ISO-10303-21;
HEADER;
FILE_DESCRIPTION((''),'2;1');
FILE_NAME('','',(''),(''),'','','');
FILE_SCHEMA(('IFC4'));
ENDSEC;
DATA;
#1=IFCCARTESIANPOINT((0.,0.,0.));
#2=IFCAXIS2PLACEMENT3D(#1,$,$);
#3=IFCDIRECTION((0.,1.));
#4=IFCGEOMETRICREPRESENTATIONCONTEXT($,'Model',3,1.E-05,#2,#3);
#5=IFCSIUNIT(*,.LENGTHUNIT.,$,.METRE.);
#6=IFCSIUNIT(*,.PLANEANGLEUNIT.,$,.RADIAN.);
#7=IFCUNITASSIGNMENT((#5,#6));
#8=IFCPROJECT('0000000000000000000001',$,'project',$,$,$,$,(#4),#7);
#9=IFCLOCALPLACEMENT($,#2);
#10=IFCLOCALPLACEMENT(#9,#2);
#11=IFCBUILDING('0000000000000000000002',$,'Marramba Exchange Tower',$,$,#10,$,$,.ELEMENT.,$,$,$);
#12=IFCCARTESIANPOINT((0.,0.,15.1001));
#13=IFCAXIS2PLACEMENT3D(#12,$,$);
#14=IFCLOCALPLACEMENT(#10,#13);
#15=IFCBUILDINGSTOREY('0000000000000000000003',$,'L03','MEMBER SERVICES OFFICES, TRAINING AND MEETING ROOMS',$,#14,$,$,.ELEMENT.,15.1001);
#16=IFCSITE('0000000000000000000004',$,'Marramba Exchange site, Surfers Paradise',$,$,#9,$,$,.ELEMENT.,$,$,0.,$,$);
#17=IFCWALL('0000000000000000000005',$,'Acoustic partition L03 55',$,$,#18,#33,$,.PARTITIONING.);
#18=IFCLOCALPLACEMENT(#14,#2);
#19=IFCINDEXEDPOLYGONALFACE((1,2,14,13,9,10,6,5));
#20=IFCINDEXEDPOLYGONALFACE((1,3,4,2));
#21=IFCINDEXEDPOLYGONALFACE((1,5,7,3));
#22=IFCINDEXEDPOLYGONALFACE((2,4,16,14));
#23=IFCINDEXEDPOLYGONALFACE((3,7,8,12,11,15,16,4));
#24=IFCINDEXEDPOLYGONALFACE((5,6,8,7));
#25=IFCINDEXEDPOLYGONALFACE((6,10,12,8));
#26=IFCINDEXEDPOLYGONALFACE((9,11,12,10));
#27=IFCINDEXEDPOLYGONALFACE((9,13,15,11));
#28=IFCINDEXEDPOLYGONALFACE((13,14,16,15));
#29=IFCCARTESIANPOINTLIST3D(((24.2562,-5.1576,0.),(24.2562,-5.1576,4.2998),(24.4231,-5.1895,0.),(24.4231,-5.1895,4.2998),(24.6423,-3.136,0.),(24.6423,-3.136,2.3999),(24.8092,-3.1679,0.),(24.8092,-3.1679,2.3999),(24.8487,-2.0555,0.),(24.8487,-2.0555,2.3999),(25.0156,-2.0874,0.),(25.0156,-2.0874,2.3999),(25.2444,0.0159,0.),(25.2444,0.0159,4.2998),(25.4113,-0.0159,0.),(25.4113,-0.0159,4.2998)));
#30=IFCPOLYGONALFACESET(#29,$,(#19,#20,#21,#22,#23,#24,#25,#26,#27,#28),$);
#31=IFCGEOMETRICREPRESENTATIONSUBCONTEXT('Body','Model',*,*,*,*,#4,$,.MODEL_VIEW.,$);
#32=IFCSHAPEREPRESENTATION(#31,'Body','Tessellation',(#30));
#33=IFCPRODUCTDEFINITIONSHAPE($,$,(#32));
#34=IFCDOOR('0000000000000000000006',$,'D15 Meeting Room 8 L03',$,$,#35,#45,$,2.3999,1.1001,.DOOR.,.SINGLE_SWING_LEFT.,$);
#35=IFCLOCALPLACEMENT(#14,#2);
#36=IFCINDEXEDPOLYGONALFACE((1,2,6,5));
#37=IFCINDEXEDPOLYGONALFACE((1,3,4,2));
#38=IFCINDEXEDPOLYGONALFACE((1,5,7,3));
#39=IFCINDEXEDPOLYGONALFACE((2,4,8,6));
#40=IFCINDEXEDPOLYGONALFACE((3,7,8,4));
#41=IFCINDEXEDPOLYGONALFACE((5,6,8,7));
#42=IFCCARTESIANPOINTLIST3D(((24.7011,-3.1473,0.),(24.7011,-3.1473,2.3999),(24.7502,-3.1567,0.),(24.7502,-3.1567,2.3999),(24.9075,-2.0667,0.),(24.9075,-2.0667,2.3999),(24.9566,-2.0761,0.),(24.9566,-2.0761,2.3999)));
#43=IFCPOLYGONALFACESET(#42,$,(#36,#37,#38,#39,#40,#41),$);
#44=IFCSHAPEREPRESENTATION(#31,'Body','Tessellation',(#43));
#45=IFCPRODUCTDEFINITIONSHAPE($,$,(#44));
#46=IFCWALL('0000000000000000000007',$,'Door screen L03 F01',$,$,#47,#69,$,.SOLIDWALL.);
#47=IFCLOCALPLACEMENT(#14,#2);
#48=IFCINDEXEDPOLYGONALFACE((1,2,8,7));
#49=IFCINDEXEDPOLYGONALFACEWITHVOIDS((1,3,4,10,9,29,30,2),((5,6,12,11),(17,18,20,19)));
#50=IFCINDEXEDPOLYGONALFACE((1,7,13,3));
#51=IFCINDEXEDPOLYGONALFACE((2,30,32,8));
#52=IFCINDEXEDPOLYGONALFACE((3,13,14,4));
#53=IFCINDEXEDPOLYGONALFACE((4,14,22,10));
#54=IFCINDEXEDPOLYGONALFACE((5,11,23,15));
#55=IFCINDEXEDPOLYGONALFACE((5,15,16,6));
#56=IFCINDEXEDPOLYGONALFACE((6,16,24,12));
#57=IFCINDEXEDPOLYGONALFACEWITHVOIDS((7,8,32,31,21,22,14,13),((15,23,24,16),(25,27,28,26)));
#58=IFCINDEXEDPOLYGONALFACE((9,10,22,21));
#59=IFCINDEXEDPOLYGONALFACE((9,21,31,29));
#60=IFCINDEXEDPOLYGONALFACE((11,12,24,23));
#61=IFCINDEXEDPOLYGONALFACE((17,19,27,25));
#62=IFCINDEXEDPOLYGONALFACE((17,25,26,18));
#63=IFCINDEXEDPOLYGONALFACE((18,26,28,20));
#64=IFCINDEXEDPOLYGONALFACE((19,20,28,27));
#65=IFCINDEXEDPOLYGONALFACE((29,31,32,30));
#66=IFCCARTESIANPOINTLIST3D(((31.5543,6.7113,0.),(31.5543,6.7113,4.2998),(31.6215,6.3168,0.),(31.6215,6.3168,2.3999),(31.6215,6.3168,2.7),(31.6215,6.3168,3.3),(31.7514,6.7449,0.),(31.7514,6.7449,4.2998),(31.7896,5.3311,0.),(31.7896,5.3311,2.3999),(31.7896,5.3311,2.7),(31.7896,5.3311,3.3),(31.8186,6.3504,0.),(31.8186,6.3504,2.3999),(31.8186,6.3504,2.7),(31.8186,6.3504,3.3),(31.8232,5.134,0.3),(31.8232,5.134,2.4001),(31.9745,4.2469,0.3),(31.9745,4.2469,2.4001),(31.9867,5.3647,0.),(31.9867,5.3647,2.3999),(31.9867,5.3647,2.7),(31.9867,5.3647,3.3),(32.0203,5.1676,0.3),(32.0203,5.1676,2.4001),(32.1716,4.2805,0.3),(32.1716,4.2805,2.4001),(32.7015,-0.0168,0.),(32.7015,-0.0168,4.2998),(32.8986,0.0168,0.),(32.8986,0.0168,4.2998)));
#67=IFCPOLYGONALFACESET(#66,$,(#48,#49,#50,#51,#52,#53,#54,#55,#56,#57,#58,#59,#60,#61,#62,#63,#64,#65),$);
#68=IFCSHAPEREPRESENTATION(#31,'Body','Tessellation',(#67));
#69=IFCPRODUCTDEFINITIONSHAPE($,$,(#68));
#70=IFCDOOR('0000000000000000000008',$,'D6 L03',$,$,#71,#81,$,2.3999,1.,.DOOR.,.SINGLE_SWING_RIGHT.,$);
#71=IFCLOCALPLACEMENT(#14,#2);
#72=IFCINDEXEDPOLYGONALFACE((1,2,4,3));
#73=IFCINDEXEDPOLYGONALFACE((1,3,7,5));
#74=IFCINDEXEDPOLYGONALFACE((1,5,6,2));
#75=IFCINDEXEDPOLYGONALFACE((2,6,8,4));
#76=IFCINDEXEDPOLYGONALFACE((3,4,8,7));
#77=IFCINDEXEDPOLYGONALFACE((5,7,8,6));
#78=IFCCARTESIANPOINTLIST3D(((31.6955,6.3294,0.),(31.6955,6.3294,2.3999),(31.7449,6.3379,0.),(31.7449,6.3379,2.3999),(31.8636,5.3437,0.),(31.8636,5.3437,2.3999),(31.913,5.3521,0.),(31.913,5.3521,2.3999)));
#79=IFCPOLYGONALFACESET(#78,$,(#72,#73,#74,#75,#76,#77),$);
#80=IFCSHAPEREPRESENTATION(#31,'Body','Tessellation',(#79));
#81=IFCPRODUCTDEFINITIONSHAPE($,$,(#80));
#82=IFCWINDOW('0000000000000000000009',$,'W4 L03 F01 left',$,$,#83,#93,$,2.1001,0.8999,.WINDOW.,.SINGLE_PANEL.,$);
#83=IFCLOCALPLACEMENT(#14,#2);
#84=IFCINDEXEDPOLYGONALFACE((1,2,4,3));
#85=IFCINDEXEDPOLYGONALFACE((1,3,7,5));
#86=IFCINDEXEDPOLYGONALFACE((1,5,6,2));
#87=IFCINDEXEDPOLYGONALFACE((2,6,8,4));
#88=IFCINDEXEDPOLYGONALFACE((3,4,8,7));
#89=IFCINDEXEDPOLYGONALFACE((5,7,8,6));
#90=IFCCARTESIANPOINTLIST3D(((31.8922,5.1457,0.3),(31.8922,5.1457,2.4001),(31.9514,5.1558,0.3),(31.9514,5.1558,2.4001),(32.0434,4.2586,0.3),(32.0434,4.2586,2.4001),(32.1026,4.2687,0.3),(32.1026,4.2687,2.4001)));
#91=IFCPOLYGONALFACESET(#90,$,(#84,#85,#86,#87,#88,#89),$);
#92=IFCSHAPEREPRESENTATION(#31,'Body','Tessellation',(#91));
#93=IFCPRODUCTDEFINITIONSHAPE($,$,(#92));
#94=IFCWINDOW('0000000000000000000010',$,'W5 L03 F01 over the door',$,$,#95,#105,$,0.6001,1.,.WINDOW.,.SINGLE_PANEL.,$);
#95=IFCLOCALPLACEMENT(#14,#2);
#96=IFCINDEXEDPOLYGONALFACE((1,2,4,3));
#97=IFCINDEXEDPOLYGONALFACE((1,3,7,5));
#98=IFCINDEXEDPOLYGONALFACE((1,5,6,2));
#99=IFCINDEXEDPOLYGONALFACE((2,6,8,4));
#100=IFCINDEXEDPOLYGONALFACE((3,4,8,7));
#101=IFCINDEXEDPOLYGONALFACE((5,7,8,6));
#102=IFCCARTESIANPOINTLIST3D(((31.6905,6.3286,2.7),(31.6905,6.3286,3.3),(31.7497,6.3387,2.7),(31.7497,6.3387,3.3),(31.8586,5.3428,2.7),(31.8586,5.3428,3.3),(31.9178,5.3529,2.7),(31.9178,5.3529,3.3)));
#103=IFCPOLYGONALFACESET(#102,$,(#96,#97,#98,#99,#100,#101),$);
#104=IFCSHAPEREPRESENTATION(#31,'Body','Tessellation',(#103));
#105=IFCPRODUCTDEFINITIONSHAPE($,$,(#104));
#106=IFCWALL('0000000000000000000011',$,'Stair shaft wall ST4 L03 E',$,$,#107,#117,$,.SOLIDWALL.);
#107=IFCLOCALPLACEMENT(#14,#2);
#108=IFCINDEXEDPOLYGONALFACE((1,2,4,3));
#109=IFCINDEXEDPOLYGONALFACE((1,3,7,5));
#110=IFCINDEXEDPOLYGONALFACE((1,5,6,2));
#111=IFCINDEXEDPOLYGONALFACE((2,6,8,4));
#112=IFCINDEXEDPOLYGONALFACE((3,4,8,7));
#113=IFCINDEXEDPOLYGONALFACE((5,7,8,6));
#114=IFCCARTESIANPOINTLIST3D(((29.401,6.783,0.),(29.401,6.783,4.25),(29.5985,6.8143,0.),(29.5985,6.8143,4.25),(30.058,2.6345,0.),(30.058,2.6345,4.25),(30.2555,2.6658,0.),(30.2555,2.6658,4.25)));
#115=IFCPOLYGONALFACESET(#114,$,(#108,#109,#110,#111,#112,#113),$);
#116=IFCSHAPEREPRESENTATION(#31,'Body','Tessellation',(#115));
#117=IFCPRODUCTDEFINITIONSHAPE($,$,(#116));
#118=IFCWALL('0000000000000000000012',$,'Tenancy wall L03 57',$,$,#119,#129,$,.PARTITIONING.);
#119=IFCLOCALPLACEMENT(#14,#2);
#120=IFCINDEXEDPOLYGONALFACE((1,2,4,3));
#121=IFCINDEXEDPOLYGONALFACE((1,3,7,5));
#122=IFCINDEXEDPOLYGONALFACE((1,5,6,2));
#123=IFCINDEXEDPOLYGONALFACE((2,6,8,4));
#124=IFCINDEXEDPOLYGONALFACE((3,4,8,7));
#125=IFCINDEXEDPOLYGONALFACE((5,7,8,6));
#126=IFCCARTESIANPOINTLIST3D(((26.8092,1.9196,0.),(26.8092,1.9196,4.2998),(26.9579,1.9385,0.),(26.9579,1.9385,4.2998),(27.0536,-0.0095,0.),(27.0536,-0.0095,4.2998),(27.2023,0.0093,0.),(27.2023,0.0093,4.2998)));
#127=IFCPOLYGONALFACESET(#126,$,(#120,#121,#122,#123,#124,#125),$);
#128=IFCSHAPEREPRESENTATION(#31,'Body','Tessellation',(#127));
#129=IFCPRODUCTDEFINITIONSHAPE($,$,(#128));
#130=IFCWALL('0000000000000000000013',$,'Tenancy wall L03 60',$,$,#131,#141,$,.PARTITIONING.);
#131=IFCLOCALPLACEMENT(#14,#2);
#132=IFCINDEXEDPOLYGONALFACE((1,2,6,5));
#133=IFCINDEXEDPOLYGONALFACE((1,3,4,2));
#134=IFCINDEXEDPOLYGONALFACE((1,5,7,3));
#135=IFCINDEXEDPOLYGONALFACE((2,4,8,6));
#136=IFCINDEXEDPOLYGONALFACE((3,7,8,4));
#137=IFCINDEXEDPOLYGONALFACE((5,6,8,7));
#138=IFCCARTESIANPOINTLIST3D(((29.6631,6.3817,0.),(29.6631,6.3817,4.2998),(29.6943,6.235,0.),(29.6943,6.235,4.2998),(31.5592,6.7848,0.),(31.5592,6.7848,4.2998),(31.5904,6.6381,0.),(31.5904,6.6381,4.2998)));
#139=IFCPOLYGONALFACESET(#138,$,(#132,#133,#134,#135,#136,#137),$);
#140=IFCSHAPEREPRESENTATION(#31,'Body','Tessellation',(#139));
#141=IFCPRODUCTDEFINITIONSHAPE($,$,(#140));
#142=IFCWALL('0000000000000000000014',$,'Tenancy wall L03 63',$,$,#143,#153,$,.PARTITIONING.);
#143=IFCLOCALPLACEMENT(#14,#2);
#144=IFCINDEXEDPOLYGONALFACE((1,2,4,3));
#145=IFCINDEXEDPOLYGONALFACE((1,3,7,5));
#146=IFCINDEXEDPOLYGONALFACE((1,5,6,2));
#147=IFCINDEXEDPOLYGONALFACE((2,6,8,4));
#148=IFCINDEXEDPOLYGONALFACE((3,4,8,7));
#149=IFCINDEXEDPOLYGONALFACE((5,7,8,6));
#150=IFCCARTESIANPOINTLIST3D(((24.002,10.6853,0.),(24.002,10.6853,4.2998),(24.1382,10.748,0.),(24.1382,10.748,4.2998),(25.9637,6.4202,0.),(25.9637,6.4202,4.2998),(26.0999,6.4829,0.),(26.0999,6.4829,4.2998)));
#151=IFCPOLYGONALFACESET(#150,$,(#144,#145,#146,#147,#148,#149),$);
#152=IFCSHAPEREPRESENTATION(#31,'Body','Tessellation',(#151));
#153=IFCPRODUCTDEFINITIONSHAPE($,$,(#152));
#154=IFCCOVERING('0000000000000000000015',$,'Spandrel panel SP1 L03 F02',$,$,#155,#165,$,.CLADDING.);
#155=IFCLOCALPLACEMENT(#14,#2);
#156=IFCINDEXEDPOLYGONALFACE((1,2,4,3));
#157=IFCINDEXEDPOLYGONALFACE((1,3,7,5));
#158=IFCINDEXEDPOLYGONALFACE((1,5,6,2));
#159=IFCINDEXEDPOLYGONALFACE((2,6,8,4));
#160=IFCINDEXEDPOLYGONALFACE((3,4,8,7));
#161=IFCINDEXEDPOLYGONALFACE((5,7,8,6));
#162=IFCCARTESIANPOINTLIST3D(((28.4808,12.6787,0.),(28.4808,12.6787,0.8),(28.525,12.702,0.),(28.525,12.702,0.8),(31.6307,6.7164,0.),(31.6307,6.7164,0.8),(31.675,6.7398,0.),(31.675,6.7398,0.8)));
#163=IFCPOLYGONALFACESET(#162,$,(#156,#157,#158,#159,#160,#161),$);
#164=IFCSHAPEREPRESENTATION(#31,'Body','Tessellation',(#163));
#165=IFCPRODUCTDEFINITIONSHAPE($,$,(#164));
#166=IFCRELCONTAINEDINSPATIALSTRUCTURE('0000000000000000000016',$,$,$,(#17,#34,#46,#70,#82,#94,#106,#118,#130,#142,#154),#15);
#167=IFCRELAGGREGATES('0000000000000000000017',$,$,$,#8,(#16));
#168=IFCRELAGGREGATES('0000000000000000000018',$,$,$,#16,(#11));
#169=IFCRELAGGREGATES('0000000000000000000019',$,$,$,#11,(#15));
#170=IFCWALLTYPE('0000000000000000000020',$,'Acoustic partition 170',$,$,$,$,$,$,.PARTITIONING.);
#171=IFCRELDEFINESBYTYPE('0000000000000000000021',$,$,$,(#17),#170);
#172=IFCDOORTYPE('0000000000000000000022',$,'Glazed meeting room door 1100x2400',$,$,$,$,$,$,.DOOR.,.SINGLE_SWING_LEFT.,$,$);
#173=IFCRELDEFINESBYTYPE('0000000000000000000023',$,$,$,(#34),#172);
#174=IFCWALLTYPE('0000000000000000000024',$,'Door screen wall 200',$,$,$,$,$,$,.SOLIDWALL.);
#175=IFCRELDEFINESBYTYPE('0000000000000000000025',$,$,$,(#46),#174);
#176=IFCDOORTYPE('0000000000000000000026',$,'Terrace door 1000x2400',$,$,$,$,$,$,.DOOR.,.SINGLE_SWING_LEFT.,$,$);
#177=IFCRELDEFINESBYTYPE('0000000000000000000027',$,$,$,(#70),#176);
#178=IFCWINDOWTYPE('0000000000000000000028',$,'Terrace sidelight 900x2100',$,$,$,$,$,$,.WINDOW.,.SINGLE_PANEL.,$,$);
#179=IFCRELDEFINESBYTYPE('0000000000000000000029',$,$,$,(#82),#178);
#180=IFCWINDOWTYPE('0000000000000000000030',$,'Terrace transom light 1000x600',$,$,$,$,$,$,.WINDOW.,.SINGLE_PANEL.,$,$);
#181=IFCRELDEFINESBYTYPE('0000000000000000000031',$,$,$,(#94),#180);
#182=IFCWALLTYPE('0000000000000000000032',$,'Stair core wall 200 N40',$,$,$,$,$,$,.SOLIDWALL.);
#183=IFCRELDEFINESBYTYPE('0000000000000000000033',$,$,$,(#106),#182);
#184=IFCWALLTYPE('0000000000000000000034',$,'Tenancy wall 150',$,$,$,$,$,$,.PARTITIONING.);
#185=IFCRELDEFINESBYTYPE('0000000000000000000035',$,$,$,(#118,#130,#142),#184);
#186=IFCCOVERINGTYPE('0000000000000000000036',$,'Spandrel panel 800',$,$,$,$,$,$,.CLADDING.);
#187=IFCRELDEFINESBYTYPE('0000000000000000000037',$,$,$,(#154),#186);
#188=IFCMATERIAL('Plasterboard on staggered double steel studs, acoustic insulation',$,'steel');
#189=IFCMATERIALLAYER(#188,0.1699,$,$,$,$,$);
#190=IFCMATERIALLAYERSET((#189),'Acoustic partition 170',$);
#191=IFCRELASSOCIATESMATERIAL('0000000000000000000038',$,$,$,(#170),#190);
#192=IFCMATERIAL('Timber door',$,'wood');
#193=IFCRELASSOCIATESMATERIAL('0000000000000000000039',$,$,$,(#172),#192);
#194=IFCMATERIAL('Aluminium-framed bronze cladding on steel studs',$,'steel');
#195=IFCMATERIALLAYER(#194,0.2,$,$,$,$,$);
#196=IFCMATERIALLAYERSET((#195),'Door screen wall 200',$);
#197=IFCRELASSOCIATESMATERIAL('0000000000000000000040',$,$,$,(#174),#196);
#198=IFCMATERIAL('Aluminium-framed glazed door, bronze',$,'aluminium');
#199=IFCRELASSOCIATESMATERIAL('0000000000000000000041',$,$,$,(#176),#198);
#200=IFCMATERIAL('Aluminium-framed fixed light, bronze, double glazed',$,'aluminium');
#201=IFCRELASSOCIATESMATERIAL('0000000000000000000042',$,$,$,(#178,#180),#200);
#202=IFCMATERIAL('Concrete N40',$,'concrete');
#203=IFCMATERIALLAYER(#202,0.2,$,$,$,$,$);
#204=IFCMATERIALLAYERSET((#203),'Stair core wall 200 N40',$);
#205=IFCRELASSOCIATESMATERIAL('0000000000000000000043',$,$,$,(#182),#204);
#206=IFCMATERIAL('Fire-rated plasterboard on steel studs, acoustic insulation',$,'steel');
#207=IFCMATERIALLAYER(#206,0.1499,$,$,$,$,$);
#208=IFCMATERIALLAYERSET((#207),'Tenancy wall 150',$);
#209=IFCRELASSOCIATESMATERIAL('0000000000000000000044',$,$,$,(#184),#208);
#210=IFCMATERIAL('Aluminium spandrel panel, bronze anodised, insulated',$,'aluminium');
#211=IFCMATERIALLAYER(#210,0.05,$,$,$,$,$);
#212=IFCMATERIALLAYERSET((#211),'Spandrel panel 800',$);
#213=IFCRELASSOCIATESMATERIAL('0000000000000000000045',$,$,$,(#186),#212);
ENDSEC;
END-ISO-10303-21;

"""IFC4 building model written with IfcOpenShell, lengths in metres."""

from ifc_helpers import new_model, si_unit, direction, frame, frame_2d, origin, origin_2d, place, context, subcontext, project, spatial, rectangle, extrude, material, layer, layer_set, type_object, element, fill, save


model = new_model("IFC4")

# Units and contexts
model_context = context("Model", 3, precision=1e-05, world=origin(), true_north=direction((0.0, 1.0)))
body_context = subcontext(model_context, "Body", "Model", "MODEL_VIEW")
ifc_project = project(units=[si_unit("LENGTHUNIT", "METRE"), si_unit("PLANEANGLEUNIT", "RADIAN")], contexts=[model_context])

# Site, building, storey
site_placement = place(None, origin())
site = spatial("IfcSite", under=ifc_project, at=site_placement, Name="Marramba Exchange site, Surfers Paradise", CompositionType="ELEMENT", RefElevation=0.0)
building_placement = place(site_placement, origin())
building = spatial("IfcBuilding", under=site, at=building_placement, Name="Marramba Exchange Tower", CompositionType="ELEMENT")
storey_placement = place(building_placement, frame((0.0, 0.0, 15.1001)))
storey = spatial("IfcBuildingStorey", under=building, at=storey_placement, Name="L03", Description="MEMBER SERVICES OFFICES, TRAINING AND MEETING ROOMS", CompositionType="ELEMENT", Elevation=15.1001)

# Wall, opening, door
ifc_material_1 = material(Name="Plasterboard on staggered double steel studs, acoustic insulation", Category="steel")
ifc_layer_1 = layer(ifc_material_1, 0.1699)
ifc_layer_set_1 = layer_set([ifc_layer_1], Name="Acoustic partition 170")
wall_type_1 = type_object("IfcWallType", Name="Acoustic partition 170", PredefinedType="PARTITIONING", material=ifc_layer_set_1)
wall_1_placement = place(storey_placement, frame((25.3279, 0.0, 0.0), z_axis=(0.0, 0.0, 1.0), x_axis=(-0.187632, -0.982239, 0.0)))
wall_1 = element("IfcWall", 1, at=wall_1_placement, inside=storey, type_object=wall_type_1, Name="Acoustic partition L03 55", PredefinedType="PARTITIONING", context=body_context, shape_type="SweptSolid", body=[
    extrude(rectangle(XDim=5.2671, YDim=0.1699, at=frame_2d((2.6335, 0.0))), origin(), (0.0, 0.0, 1.0), 4.2998),
])
opening_1_placement = place(wall_1_placement, frame((2.1089, 0.0, 0.0)))
opening_1 = element("IfcOpeningElement", 2, at=opening_1_placement, cuts=wall_1, PredefinedType="OPENING", context=body_context, shape_type="SweptSolid", body=[
    extrude(rectangle(XDim=1.1001, YDim=2.3999, at=frame_2d((0.55, 1.2))), frame((0.0, 0.095, 0.0), z_axis=(0.0, -1.0, 0.0), x_axis=(1.0, 0.0, 0.0)), (0.0, 0.0, 1.0), 0.1899),
])
ifc_material_2 = material(Name="Timber door", Category="wood")
door_type_1 = type_object("IfcDoorType", Name="Glazed meeting room door 1100x2400", OperationType="SINGLE_SWING_LEFT", PredefinedType="DOOR", material=ifc_material_2)
door_1_placement = place(opening_1_placement, origin())
door_1 = element("IfcDoor", 3, at=door_1_placement, inside=storey, type_object=door_type_1, Name="D15 Meeting Room 8 L03", OperationType="SINGLE_SWING_LEFT", OverallHeight=2.3999, OverallWidth=1.1001, PredefinedType="DOOR", context=body_context, shape_type="SweptSolid", body=[
    extrude(rectangle(XDim=1.1001, YDim=2.3999, at=frame_2d((0.55, 1.2))), frame((0.0, 0.0249, 0.0), z_axis=(0.0, -1.0, 0.0), x_axis=(1.0, 0.0, 0.0)), (0.0, 0.0, 1.0), 0.05),
])
fill(opening_1, door_1)

# Wall, openings, door, windows
ifc_material_3 = material(Name="Aluminium-framed bronze cladding on steel studs", Category="steel")
ifc_layer_2 = layer(ifc_material_3, 0.2)
ifc_layer_set_2 = layer_set([ifc_layer_2], Name="Door screen wall 200")
wall_type_2 = type_object("IfcWallType", Name="Door screen wall 200", PredefinedType="SOLIDWALL", material=ifc_layer_set_2)
wall_2_placement = place(storey_placement, frame((32.8, 0.0, 0.0), z_axis=(0.0, 0.0, 1.0), x_axis=(-0.168087, 0.985772, 0.0)))
wall_2 = element("IfcWall", 4, at=wall_2_placement, inside=storey, type_object=wall_type_2, Name="Door screen L03 F01", PredefinedType="SOLIDWALL", context=body_context, shape_type="SweptSolid", body=[
    extrude(rectangle(XDim=6.8252, YDim=0.2, at=frame_2d((3.4126, 0.0))), origin(), (0.0, 0.0, 1.0), 4.2998),
])
opening_2_placement = place(wall_2_placement, frame((5.425, 0.0, 0.0)))
opening_2 = element("IfcOpeningElement", 5, at=opening_2_placement, cuts=wall_2, PredefinedType="OPENING", context=body_context, shape_type="SweptSolid", body=[
    extrude(rectangle(XDim=1.0, YDim=2.3999, at=frame_2d((0.5, 1.2))), frame((0.0, 0.1099, 0.0), z_axis=(0.0, -1.0, 0.0), x_axis=(1.0, 0.0, 0.0)), (0.0, 0.0, 1.0), 0.22),
])
opening_3_placement = place(wall_2_placement, frame((4.3252, 0.0, 0.3)))
opening_3 = element("IfcOpeningElement", 6, at=opening_3_placement, cuts=wall_2, PredefinedType="OPENING", context=body_context, shape_type="SweptSolid", body=[
    extrude(rectangle(XDim=0.8999, YDim=2.1001, at=frame_2d((0.45, 1.05))), frame((0.0, 0.1099, 0.0), z_axis=(0.0, -1.0, 0.0), x_axis=(1.0, 0.0, 0.0)), (0.0, 0.0, 1.0), 0.22),
])
opening_4_placement = place(wall_2_placement, frame((5.425, 0.0, 2.7)))
opening_4 = element("IfcOpeningElement", 7, at=opening_4_placement, cuts=wall_2, PredefinedType="OPENING", context=body_context, shape_type="SweptSolid", body=[
    extrude(rectangle(XDim=1.0, YDim=0.6001, at=frame_2d((0.5, 0.3))), frame((0.0, 0.1099, 0.0), z_axis=(0.0, -1.0, 0.0), x_axis=(1.0, 0.0, 0.0)), (0.0, 0.0, 1.0), 0.22),
])
ifc_material_4 = material(Name="Aluminium-framed glazed door, bronze", Category="aluminium")
door_type_2 = type_object("IfcDoorType", Name="Terrace door 1000x2400", OperationType="SINGLE_SWING_LEFT", PredefinedType="DOOR", material=ifc_material_4)
door_2_placement = place(opening_2_placement, frame((1.0, 0.0, 0.0), z_axis=(0.0, 0.0, 1.0), x_axis=(-1.0, 0.0, 0.0)))
door_2 = element("IfcDoor", 8, at=door_2_placement, inside=storey, type_object=door_type_2, Name="D6 L03", OperationType="SINGLE_SWING_RIGHT", OverallHeight=2.3999, OverallWidth=1.0, PredefinedType="DOOR", context=body_context, shape_type="SweptSolid", body=[
    extrude(rectangle(XDim=1.0, YDim=2.3999, at=frame_2d((0.5, 1.2))), frame((0.0, 0.0251, 0.0), z_axis=(0.0, -1.0, 0.0), x_axis=(1.0, 0.0, 0.0)), (0.0, 0.0, 1.0), 0.05),
])
fill(opening_2, door_2)
ifc_material_5 = material(Name="Aluminium-framed fixed light, bronze, double glazed", Category="aluminium")
window_type_1 = type_object("IfcWindowType", Name="Terrace sidelight 900x2100", PartitioningType="SINGLE_PANEL", PredefinedType="WINDOW", material=ifc_material_5)
window_1_placement = place(opening_3_placement, origin())
window_1 = element("IfcWindow", 9, at=window_1_placement, inside=storey, type_object=window_type_1, Name="W4 L03 F01 left", OverallHeight=2.1001, OverallWidth=0.8999, PartitioningType="SINGLE_PANEL", PredefinedType="WINDOW", context=body_context, shape_type="SweptSolid", body=[
    extrude(rectangle(XDim=0.8999, YDim=2.1001, at=frame_2d((0.45, 1.05))), frame((0.0, 0.03, 0.0), z_axis=(0.0, -1.0, 0.0), x_axis=(1.0, 0.0, 0.0)), (0.0, 0.0, 1.0), 0.0601),
])
fill(opening_3, window_1)
window_type_2 = type_object("IfcWindowType", Name="Terrace transom light 1000x600", PartitioningType="SINGLE_PANEL", PredefinedType="WINDOW", material=ifc_material_5)
window_2_placement = place(opening_4_placement, origin())
window_2 = element("IfcWindow", 10, at=window_2_placement, inside=storey, type_object=window_type_2, Name="W5 L03 F01 over the door", OverallHeight=0.6001, OverallWidth=1.0, PartitioningType="SINGLE_PANEL", PredefinedType="WINDOW", context=body_context, shape_type="SweptSolid", body=[
    extrude(rectangle(XDim=1.0, YDim=0.6001, at=frame_2d((0.5, 0.3))), frame((0.0, 0.03, 0.0), z_axis=(0.0, -1.0, 0.0), x_axis=(1.0, 0.0, 0.0)), (0.0, 0.0, 1.0), 0.0601),
])
fill(opening_4, window_2)

# Walls
ifc_material_6 = material(Name="Concrete N40", Category="concrete")
ifc_layer_3 = layer(ifc_material_6, 0.2)
ifc_layer_set_3 = layer_set([ifc_layer_3], Name="Stair core wall 200 N40")
wall_type_3 = type_object("IfcWallType", Name="Stair core wall 200 N40", PredefinedType="SOLIDWALL", material=ifc_layer_set_3)
wall_3_placement = place(storey_placement, frame((30.1567, 2.6501, 0.0), z_axis=(0.0, 0.0, 1.0), x_axis=(-0.156419, 0.987691, 0.0)))
element("IfcWall", 11, at=wall_3_placement, inside=storey, type_object=wall_type_3, Name="Stair shaft wall ST4 L03 E", PredefinedType="SOLIDWALL", context=body_context, shape_type="SweptSolid", body=[
    extrude(rectangle(XDim=4.2002, YDim=0.2, at=frame_2d((2.1001, 0.0))), origin(), (0.0, 0.0, 1.0), 4.25),
])
ifc_material_7 = material(Name="Fire-rated plasterboard on steel studs, acoustic insulation", Category="steel")
ifc_layer_4 = layer(ifc_material_7, 0.1499)
ifc_layer_set_4 = layer_set([ifc_layer_4], Name="Tenancy wall 150")
wall_type_4 = type_object("IfcWallType", Name="Tenancy wall 150", PredefinedType="PARTITIONING", material=ifc_layer_set_4)
wall_4_placement = place(storey_placement, frame((27.1279, 0.0, 0.0), z_axis=(0.0, 0.0, 1.0), x_axis=(-0.125672, 0.992072, 0.0)))
element("IfcWall", 12, at=wall_4_placement, inside=storey, type_object=wall_type_4, Name="Tenancy wall L03 57", PredefinedType="PARTITIONING", context=body_context, shape_type="SweptSolid", body=[
    extrude(rectangle(XDim=1.9446, YDim=0.1499, at=frame_2d((0.9722, 0.0))), origin(), (0.0, 0.0, 1.0), 4.2998),
])
wall_5_placement = place(storey_placement, frame((29.6787, 6.3083, 0.0), z_axis=(0.0, 0.0, 1.0), x_axis=(0.97814, 0.207946, 0.0)))
element("IfcWall", 13, at=wall_5_placement, inside=storey, type_object=wall_type_4, Name="Tenancy wall L03 60", PredefinedType="PARTITIONING", context=body_context, shape_type="SweptSolid", body=[
    extrude(rectangle(XDim=1.9385, YDim=0.1499, at=frame_2d((0.9692, 0.0))), origin(), (0.0, 0.0, 1.0), 4.2998),
])
wall_6_placement = place(storey_placement, frame((26.0317, 6.4517, 0.0), z_axis=(0.0, 0.0, 1.0), x_axis=(-0.417854, 0.908514, 0.0)))
element("IfcWall", 14, at=wall_6_placement, inside=storey, type_object=wall_type_4, Name="Tenancy wall L03 63", PredefinedType="PARTITIONING", context=body_context, shape_type="SweptSolid", body=[
    extrude(rectangle(XDim=4.6946, YDim=0.1499, at=frame_2d((2.3472, 0.0))), origin(), (0.0, 0.0, 1.0), 4.2998),
])

# Covering
ifc_material_8 = material(Name="Aluminium spandrel panel, bronze anodised, insulated", Category="aluminium")
ifc_layer_5 = layer(ifc_material_8, 0.05)
ifc_layer_set_5 = layer_set([ifc_layer_5], Name="Spandrel panel 800")
covering_type = type_object("IfcCoveringType", Name="Spandrel panel 800", PredefinedType="CLADDING", material=ifc_layer_set_5)
covering_placement = place(storey_placement, frame((30.0779, 9.7092, 0.0), z_axis=(0.0, 0.0, 1.0), x_axis=(-0.467131, 0.884188, 0.0)))
element("IfcCovering", 15, at=covering_placement, inside=storey, type_object=covering_type, Name="Spandrel panel SP1 L03 F02", PredefinedType="CLADDING", context=body_context, shape_type="SweptSolid", body=[
    extrude(rectangle(XDim=6.7432, YDim=0.05, at=origin_2d()), origin(), (0.0, 0.0, 1.0), 0.8),
])

save(model, "model.ifc")
